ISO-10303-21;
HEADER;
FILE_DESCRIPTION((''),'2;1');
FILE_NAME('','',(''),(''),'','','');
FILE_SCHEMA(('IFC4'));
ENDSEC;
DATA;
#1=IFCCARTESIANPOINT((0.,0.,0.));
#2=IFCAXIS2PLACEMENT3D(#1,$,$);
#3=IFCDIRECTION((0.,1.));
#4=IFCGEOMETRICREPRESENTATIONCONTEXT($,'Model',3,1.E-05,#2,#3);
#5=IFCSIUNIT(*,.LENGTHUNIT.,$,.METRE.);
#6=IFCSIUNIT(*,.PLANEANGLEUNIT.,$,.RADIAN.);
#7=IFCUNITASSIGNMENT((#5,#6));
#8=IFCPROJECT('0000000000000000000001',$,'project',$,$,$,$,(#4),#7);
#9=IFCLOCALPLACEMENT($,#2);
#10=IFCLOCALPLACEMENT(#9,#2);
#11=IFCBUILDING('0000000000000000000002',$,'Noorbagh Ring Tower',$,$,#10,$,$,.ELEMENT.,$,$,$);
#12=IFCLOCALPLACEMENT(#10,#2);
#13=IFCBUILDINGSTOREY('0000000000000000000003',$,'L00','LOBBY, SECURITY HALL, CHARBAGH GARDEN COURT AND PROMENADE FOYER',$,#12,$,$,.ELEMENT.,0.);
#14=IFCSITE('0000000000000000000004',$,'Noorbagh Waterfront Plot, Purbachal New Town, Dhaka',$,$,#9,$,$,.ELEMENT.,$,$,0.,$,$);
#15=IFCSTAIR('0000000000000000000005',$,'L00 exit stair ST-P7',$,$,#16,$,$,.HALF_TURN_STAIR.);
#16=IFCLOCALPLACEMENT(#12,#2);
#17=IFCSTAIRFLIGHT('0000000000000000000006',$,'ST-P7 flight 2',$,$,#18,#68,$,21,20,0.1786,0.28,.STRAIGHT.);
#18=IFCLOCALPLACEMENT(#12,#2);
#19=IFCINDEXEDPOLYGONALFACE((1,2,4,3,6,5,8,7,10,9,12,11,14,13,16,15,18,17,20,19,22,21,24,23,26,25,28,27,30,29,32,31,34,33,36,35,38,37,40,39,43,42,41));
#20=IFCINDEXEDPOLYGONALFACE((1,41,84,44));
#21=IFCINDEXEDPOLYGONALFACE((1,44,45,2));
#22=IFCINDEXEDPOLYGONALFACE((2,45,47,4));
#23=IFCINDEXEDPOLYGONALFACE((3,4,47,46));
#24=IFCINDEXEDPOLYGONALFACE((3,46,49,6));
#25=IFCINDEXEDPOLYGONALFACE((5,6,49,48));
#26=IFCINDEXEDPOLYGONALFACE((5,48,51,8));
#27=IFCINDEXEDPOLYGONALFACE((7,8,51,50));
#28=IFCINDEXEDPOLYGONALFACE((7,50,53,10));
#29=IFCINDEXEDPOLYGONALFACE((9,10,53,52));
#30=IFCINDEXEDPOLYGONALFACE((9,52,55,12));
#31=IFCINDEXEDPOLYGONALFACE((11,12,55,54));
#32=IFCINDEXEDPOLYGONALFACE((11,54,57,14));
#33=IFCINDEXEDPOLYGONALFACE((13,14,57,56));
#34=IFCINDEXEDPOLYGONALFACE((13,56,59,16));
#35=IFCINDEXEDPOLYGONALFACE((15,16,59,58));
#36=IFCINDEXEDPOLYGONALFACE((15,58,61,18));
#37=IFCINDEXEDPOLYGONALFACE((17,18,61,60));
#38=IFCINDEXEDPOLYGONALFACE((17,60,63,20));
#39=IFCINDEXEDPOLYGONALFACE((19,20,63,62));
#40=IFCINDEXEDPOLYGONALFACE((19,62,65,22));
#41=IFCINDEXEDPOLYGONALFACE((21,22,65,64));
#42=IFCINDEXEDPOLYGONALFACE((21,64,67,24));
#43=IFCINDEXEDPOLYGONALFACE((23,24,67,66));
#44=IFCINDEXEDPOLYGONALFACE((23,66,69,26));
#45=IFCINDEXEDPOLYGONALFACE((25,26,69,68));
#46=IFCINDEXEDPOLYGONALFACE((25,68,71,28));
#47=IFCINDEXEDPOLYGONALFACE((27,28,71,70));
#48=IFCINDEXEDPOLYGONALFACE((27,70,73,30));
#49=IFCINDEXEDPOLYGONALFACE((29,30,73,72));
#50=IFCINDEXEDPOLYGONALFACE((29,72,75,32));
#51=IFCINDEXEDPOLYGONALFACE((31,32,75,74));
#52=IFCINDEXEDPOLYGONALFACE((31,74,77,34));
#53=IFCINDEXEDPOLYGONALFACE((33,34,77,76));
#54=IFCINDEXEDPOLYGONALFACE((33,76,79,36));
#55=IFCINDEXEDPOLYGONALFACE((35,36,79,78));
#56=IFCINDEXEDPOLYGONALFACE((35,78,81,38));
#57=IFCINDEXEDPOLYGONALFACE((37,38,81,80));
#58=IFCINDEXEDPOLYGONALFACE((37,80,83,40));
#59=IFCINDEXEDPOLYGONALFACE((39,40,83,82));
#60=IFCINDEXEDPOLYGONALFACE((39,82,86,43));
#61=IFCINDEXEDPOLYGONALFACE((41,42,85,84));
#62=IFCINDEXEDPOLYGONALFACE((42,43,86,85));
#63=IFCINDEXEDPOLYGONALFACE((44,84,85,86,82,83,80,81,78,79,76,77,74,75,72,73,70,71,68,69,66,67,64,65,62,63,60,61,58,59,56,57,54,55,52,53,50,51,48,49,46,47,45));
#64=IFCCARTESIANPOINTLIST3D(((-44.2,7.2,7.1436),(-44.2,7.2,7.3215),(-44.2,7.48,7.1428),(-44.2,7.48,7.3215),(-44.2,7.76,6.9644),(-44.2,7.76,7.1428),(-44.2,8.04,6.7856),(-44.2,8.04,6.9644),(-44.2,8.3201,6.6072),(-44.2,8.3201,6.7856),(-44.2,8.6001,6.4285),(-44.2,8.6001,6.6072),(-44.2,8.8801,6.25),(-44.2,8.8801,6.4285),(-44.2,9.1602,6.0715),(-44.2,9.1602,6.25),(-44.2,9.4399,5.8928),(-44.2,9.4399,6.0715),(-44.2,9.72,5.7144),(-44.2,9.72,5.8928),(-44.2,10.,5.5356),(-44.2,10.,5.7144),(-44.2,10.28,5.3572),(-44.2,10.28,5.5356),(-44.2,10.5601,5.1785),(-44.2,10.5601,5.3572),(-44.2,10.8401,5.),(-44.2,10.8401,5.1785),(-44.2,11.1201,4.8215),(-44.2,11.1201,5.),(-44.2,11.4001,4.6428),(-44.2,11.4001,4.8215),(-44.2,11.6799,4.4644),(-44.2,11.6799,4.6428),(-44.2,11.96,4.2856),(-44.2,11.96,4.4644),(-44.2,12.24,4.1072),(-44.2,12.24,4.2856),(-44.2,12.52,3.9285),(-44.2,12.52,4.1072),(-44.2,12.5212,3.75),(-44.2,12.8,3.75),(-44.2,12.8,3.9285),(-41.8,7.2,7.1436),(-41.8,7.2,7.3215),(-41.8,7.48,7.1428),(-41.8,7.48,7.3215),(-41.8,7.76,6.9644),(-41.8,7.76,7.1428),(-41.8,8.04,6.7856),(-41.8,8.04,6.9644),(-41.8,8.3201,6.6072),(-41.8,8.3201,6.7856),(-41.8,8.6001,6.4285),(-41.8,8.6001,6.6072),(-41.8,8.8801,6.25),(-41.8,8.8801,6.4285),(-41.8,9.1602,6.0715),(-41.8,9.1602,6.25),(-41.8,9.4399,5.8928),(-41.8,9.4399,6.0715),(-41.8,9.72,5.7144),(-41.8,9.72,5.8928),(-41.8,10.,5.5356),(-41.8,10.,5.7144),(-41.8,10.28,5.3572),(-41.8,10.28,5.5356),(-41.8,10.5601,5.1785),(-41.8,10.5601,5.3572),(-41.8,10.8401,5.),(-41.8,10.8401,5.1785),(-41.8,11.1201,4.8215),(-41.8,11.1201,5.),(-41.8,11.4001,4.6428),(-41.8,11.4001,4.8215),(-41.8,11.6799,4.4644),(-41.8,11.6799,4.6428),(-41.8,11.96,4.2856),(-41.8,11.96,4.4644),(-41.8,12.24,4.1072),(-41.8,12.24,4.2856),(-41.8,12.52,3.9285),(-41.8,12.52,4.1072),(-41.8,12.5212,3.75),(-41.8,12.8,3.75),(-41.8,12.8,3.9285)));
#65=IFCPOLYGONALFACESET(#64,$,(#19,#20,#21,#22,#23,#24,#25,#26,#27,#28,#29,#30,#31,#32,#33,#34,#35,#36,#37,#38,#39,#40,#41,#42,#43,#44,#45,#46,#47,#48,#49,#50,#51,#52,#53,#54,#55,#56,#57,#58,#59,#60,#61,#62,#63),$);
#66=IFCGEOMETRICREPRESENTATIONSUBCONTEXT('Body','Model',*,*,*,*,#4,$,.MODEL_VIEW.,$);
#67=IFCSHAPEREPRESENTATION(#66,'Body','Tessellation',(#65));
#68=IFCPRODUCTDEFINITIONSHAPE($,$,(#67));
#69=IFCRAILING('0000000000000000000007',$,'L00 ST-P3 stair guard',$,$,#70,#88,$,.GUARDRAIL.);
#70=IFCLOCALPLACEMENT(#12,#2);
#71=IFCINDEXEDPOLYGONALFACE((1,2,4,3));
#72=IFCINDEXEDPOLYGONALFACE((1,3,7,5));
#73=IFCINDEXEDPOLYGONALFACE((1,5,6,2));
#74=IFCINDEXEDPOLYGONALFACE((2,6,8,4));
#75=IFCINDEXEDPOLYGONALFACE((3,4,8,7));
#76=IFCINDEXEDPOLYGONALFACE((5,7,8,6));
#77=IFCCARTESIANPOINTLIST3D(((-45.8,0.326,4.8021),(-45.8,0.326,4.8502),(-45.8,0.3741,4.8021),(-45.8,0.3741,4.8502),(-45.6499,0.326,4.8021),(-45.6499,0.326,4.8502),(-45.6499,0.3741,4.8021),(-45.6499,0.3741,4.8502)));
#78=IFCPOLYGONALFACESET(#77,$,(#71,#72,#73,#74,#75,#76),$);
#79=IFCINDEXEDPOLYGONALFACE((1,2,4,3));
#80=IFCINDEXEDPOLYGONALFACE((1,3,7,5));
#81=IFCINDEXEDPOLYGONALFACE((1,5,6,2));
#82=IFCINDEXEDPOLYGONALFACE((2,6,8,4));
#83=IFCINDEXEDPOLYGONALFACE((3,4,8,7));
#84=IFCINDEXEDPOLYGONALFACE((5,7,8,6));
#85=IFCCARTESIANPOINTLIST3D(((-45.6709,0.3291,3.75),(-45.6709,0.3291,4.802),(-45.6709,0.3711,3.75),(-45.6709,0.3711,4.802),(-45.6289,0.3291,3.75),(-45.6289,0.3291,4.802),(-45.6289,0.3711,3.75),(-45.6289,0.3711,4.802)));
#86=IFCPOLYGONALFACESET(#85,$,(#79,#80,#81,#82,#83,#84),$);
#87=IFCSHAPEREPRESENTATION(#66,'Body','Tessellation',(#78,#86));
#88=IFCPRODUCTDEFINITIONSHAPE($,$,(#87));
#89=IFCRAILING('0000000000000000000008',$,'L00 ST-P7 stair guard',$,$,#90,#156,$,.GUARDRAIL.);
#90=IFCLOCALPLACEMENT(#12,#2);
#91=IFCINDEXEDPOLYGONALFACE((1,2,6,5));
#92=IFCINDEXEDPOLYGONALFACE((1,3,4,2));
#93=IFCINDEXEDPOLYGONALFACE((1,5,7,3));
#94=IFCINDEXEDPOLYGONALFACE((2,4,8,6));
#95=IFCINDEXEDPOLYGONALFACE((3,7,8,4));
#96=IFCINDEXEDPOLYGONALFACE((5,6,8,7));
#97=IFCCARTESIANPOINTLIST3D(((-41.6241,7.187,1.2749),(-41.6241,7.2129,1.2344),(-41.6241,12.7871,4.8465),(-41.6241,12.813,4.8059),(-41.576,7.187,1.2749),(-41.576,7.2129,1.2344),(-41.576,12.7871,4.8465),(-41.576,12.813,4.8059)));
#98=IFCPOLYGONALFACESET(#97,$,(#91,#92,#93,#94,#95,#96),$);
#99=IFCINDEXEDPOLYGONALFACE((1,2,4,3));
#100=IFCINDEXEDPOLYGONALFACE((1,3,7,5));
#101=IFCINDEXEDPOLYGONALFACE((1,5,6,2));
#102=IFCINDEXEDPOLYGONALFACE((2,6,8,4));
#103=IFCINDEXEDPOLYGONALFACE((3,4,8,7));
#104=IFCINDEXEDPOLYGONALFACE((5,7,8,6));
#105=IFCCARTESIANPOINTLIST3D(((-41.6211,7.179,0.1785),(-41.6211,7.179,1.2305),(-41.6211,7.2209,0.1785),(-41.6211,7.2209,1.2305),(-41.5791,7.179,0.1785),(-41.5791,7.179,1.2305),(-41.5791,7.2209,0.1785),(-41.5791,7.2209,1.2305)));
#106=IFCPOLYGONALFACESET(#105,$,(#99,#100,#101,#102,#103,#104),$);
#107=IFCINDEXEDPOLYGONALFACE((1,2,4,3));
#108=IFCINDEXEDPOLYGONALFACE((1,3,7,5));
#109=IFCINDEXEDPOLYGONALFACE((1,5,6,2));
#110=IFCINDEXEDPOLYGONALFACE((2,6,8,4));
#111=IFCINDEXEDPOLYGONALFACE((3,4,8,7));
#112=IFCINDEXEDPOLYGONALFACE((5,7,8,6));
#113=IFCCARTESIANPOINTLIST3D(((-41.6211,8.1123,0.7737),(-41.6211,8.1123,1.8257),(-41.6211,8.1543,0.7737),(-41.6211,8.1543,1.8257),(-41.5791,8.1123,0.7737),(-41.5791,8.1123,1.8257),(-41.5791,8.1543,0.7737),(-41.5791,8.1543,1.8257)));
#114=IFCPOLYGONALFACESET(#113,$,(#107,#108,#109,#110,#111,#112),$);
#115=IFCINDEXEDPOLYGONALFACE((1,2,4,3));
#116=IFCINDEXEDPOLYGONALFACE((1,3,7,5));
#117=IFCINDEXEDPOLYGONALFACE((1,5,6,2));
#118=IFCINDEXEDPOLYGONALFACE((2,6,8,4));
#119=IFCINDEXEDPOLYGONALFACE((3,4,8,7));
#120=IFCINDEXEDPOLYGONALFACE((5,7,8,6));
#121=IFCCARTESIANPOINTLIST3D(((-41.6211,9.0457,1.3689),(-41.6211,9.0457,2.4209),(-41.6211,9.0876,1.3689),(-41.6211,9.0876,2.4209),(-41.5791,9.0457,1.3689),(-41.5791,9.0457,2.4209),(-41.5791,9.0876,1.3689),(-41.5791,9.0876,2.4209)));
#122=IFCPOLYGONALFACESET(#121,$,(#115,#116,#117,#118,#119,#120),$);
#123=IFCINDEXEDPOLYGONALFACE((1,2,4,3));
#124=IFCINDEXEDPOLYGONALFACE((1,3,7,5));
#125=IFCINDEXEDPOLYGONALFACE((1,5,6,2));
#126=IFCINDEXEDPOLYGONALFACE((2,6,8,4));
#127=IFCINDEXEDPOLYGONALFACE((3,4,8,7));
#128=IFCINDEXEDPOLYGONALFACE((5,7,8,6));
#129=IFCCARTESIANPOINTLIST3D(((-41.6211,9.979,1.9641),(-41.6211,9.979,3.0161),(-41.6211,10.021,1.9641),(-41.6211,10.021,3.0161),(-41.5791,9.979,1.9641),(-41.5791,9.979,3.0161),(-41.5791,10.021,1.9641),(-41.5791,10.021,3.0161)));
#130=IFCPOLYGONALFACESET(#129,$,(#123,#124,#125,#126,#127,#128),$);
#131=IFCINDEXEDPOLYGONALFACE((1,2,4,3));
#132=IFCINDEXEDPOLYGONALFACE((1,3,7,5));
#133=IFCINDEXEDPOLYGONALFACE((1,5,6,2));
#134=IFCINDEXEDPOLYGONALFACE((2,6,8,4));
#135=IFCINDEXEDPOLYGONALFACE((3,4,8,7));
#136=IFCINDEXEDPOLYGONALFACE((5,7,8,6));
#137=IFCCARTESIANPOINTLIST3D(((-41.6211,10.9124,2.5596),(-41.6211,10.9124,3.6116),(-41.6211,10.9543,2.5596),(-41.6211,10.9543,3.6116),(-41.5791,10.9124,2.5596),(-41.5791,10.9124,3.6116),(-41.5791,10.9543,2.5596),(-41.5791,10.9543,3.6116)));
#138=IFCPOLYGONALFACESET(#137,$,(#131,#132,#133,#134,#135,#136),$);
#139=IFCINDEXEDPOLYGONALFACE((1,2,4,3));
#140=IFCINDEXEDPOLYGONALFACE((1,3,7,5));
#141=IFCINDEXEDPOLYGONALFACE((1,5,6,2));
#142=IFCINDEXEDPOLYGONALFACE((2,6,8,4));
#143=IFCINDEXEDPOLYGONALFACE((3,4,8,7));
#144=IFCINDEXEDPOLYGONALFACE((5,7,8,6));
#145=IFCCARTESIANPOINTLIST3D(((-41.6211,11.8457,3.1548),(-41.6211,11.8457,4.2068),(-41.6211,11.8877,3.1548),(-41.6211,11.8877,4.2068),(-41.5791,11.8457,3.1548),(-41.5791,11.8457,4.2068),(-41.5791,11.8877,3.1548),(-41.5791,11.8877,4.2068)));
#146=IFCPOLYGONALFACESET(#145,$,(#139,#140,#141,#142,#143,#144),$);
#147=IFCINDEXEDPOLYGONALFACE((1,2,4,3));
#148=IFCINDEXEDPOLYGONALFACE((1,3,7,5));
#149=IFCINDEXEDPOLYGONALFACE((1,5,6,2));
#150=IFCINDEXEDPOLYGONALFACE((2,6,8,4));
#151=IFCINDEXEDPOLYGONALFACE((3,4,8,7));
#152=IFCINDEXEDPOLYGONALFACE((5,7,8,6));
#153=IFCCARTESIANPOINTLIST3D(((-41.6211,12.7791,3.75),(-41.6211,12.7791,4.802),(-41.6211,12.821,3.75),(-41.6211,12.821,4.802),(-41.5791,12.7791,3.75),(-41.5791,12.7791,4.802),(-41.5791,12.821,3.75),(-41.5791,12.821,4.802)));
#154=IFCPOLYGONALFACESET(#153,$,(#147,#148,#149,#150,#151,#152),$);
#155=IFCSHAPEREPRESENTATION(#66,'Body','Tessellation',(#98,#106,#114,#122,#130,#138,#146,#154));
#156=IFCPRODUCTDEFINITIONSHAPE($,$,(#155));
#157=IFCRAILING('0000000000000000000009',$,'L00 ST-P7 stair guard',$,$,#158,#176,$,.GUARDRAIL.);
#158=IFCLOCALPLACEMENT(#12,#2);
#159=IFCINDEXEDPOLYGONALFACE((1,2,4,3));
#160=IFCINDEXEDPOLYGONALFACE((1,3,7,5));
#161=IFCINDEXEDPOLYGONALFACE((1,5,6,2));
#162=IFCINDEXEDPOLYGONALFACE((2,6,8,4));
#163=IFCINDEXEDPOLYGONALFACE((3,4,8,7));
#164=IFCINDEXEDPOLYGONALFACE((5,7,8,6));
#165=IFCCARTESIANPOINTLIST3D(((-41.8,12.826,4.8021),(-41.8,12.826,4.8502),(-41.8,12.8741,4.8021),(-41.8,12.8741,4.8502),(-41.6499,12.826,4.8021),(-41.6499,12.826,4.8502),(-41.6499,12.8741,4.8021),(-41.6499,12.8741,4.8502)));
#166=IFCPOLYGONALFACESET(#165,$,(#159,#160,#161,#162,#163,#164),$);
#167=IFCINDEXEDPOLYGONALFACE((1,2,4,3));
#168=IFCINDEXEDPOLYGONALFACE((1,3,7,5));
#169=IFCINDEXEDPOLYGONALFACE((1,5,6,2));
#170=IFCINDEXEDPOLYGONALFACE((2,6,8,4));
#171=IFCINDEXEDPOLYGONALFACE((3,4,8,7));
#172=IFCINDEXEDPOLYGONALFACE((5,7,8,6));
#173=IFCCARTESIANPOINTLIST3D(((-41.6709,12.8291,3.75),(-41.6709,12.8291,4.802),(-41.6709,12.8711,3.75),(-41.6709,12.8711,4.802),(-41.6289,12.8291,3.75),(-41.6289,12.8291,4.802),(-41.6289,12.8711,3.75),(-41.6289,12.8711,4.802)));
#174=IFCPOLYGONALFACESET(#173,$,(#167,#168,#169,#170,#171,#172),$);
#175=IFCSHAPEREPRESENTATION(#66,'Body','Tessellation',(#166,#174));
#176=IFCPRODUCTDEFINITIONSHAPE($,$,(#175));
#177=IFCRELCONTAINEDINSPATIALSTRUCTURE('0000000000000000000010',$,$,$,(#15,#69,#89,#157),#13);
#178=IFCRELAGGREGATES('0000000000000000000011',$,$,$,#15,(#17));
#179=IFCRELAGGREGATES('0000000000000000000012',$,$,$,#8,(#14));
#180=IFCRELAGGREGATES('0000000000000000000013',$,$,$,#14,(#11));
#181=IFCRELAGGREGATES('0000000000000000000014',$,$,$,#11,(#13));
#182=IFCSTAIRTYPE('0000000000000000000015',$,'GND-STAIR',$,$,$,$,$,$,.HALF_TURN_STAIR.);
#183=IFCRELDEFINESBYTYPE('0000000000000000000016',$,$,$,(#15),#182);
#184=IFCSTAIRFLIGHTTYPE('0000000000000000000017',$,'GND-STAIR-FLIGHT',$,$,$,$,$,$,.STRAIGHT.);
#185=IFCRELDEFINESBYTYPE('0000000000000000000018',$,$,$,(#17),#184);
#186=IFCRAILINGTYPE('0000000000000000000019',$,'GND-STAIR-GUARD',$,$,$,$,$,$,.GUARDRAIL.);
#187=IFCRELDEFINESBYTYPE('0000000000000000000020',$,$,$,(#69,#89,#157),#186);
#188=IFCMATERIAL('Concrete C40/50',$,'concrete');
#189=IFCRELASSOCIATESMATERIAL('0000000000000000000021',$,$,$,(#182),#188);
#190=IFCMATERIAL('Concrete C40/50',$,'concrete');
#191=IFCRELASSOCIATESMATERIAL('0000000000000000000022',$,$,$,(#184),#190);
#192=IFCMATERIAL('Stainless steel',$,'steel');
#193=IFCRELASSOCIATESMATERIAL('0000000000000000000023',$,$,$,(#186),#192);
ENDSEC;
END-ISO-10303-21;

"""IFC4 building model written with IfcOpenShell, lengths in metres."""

from ifc_helpers import new_model, si_unit, direction, frame, origin, origin_2d, place, context, subcontext, project, spatial, polyline, rectangle, outline, extrude, material, type_object, element, aggregate, save


model = new_model("IFC4")

# Units and contexts
model_context = context("Model", 3, precision=1e-05, world=origin(), true_north=direction((0.0, 1.0)))
body_context = subcontext(model_context, "Body", "Model", "MODEL_VIEW")
ifc_project = project(units=[si_unit("LENGTHUNIT", "METRE"), si_unit("PLANEANGLEUNIT", "RADIAN")], contexts=[model_context])

# Site, building, storey
site_placement = place(None, origin())
site = spatial("IfcSite", under=ifc_project, at=site_placement, Name="Noorbagh Waterfront Plot, Purbachal New Town, Dhaka", CompositionType="ELEMENT", RefElevation=0.0)
building_placement = place(site_placement, origin())
building = spatial("IfcBuilding", under=site, at=building_placement, Name="Noorbagh Ring Tower", CompositionType="ELEMENT")
storey_placement = place(building_placement, origin())
storey = spatial("IfcBuildingStorey", under=building, at=storey_placement, Name="L00", Description="LOBBY, SECURITY HALL, CHARBAGH GARDEN COURT AND PROMENADE FOYER", CompositionType="ELEMENT", Elevation=0.0)

# Stair, stair flight
ifc_material_1 = material(Name="Concrete C40/50", Category="concrete")
stair_type = type_object("IfcStairType", Name="GND-STAIR", PredefinedType="HALF_TURN_STAIR", material=ifc_material_1)
stair_placement = place(storey_placement, origin())
stair = element("IfcStair", 1, at=stair_placement, inside=storey, type_object=stair_type, Name="L00 exit stair ST-P7", PredefinedType="HALF_TURN_STAIR")
ifc_material_2 = material(Name="Concrete C40/50", Category="concrete")
stair_flight_type = type_object("IfcStairFlightType", Name="GND-STAIR-FLIGHT", PredefinedType="STRAIGHT", material=ifc_material_2)
stair_flight_1_placement = place(storey_placement, frame((-43.0, 12.8, 3.75), z_axis=(0.0, 0.0, 1.0), x_axis=(0.0, -1.0, 0.0)))
stair_flight_1 = element("IfcStairFlight", 2, at=stair_flight_1_placement, type_object=stair_flight_type, Name="ST-P7 flight 2", NumberOfRisers=21, NumberOfTreads=20, PredefinedType="STRAIGHT", RiserHeight=0.1786, TreadLength=0.28, context=body_context, shape_type="SweptSolid", body=[
    extrude(outline(polyline([(0.0, 0.0), (0.0, 0.1785), (0.28, 0.1785), (0.28, 0.3572), (0.5601, 0.3572), (0.5601, 0.5356), (0.8401, 0.5356), (0.8401, 0.7144), (1.1201, 0.7144), (1.1201, 0.8928), (1.3999, 0.8928), (1.3999, 1.0715), (1.6799, 1.0715), (1.6799, 1.25), (1.96, 1.25), (1.96, 1.4285), (2.24, 1.4285), (2.24, 1.6072), (2.52, 1.6072), (2.52, 1.7856), (2.8, 1.7856), (2.8, 1.9644), (3.0801, 1.9644), (3.0801, 2.1428), (3.3601, 2.1428), (3.3601, 2.3215), (3.6399, 2.3215), (3.6399, 2.5), (3.9199, 2.5), (3.9199, 2.6785), (4.2, 2.6785), (4.2, 2.8572), (4.48, 2.8572), (4.48, 3.0356), (4.76, 3.0356), (4.76, 3.2144), (5.04, 3.2144), (5.04, 3.3928), (5.3201, 3.3928), (5.3201, 3.5715), (5.6001, 3.5715), (5.6001, 3.75), (5.6001, 3.3936), (0.2788, 0.0), (0.0, 0.0)])), frame((0.0, 1.2, 0.0), z_axis=(0.0, -1.0, 0.0), x_axis=(1.0, 0.0, 0.0)), (0.0, 0.0, 1.0), 2.3999),
])
aggregate(stair, [stair_flight_1])

# Railings
ifc_material_3 = material(Name="Stainless steel", Category="steel")
railing_type_1 = type_object("IfcRailingType", Name="GND-STAIR-GUARD", PredefinedType="GUARDRAIL", material=ifc_material_3)
railing_1_placement = place(storey_placement, frame((-45.6499, 0.3501, 3.75)))
element("IfcRailing", 3, at=railing_1_placement, inside=storey, type_object=railing_type_1, Name="L00 ST-P3 stair guard", PredefinedType="GUARDRAIL", context=body_context, shape_type="SweptSolid", body=[
    extrude(rectangle(XDim=0.0481, YDim=0.0481, at=origin_2d()), frame((0.0, 0.0, 1.0762), z_axis=(-1.0, 0.0, 0.0), x_axis=(0.0, -1.0, 0.0)), (0.0, 0.0, 1.0), 0.1501),
    extrude(rectangle(XDim=0.042, YDim=0.042, at=origin_2d()), origin(), (0.0, 0.0, 1.0), 1.052),
])
railing_2_placement = place(storey_placement, frame((-41.6001, 7.2, 0.1785)))
element("IfcRailing", 4, at=railing_2_placement, inside=storey, type_object=railing_type_1, Name="L00 ST-P7 stair guard", PredefinedType="GUARDRAIL", context=body_context, shape_type="SweptSolid", body=[
    extrude(rectangle(XDim=0.0481, YDim=0.0481, at=origin_2d()), frame((0.0, 0.0, 1.0762), z_axis=(0.0, 0.843127, 0.537715), x_axis=(-1.0, 0.0, 0.0)), (0.0, 0.0, 1.0), 6.6421),
    extrude(rectangle(XDim=0.042, YDim=0.042, at=origin_2d()), origin(), (0.0, 0.0, 1.0), 1.052),
    extrude(rectangle(XDim=0.042, YDim=0.042, at=origin_2d()), frame((0.0, 0.9333, 0.5952)), (0.0, 0.0, 1.0), 1.052),
    extrude(rectangle(XDim=0.042, YDim=0.042, at=origin_2d()), frame((0.0, 1.8667, 1.1904)), (0.0, 0.0, 1.0), 1.052),
    extrude(rectangle(XDim=0.042, YDim=0.042, at=origin_2d()), frame((0.0, 2.8, 1.7856)), (0.0, 0.0, 1.0), 1.052),
    extrude(rectangle(XDim=0.042, YDim=0.042, at=origin_2d()), frame((0.0, 3.7334, 2.3811)), (0.0, 0.0, 1.0), 1.052),
    extrude(rectangle(XDim=0.042, YDim=0.042, at=origin_2d()), frame((0.0, 4.6667, 2.9763)), (0.0, 0.0, 1.0), 1.052),
    extrude(rectangle(XDim=0.042, YDim=0.042, at=origin_2d()), frame((0.0, 5.6001, 3.5715)), (0.0, 0.0, 1.0), 1.052),
])
railing_3_placement = place(storey_placement, frame((-41.6499, 12.8501, 3.75)))
element("IfcRailing", 5, at=railing_3_placement, inside=storey, type_object=railing_type_1, Name="L00 ST-P7 stair guard", PredefinedType="GUARDRAIL", context=body_context, shape_type="SweptSolid", body=[
    extrude(rectangle(XDim=0.0481, YDim=0.0481, at=origin_2d()), frame((0.0, 0.0, 1.0762), z_axis=(-1.0, 0.0, 0.0), x_axis=(0.0, -1.0, 0.0)), (0.0, 0.0, 1.0), 0.1501),
    extrude(rectangle(XDim=0.042, YDim=0.042, at=origin_2d()), origin(), (0.0, 0.0, 1.0), 1.052),
])

save(model, "model.ifc")
